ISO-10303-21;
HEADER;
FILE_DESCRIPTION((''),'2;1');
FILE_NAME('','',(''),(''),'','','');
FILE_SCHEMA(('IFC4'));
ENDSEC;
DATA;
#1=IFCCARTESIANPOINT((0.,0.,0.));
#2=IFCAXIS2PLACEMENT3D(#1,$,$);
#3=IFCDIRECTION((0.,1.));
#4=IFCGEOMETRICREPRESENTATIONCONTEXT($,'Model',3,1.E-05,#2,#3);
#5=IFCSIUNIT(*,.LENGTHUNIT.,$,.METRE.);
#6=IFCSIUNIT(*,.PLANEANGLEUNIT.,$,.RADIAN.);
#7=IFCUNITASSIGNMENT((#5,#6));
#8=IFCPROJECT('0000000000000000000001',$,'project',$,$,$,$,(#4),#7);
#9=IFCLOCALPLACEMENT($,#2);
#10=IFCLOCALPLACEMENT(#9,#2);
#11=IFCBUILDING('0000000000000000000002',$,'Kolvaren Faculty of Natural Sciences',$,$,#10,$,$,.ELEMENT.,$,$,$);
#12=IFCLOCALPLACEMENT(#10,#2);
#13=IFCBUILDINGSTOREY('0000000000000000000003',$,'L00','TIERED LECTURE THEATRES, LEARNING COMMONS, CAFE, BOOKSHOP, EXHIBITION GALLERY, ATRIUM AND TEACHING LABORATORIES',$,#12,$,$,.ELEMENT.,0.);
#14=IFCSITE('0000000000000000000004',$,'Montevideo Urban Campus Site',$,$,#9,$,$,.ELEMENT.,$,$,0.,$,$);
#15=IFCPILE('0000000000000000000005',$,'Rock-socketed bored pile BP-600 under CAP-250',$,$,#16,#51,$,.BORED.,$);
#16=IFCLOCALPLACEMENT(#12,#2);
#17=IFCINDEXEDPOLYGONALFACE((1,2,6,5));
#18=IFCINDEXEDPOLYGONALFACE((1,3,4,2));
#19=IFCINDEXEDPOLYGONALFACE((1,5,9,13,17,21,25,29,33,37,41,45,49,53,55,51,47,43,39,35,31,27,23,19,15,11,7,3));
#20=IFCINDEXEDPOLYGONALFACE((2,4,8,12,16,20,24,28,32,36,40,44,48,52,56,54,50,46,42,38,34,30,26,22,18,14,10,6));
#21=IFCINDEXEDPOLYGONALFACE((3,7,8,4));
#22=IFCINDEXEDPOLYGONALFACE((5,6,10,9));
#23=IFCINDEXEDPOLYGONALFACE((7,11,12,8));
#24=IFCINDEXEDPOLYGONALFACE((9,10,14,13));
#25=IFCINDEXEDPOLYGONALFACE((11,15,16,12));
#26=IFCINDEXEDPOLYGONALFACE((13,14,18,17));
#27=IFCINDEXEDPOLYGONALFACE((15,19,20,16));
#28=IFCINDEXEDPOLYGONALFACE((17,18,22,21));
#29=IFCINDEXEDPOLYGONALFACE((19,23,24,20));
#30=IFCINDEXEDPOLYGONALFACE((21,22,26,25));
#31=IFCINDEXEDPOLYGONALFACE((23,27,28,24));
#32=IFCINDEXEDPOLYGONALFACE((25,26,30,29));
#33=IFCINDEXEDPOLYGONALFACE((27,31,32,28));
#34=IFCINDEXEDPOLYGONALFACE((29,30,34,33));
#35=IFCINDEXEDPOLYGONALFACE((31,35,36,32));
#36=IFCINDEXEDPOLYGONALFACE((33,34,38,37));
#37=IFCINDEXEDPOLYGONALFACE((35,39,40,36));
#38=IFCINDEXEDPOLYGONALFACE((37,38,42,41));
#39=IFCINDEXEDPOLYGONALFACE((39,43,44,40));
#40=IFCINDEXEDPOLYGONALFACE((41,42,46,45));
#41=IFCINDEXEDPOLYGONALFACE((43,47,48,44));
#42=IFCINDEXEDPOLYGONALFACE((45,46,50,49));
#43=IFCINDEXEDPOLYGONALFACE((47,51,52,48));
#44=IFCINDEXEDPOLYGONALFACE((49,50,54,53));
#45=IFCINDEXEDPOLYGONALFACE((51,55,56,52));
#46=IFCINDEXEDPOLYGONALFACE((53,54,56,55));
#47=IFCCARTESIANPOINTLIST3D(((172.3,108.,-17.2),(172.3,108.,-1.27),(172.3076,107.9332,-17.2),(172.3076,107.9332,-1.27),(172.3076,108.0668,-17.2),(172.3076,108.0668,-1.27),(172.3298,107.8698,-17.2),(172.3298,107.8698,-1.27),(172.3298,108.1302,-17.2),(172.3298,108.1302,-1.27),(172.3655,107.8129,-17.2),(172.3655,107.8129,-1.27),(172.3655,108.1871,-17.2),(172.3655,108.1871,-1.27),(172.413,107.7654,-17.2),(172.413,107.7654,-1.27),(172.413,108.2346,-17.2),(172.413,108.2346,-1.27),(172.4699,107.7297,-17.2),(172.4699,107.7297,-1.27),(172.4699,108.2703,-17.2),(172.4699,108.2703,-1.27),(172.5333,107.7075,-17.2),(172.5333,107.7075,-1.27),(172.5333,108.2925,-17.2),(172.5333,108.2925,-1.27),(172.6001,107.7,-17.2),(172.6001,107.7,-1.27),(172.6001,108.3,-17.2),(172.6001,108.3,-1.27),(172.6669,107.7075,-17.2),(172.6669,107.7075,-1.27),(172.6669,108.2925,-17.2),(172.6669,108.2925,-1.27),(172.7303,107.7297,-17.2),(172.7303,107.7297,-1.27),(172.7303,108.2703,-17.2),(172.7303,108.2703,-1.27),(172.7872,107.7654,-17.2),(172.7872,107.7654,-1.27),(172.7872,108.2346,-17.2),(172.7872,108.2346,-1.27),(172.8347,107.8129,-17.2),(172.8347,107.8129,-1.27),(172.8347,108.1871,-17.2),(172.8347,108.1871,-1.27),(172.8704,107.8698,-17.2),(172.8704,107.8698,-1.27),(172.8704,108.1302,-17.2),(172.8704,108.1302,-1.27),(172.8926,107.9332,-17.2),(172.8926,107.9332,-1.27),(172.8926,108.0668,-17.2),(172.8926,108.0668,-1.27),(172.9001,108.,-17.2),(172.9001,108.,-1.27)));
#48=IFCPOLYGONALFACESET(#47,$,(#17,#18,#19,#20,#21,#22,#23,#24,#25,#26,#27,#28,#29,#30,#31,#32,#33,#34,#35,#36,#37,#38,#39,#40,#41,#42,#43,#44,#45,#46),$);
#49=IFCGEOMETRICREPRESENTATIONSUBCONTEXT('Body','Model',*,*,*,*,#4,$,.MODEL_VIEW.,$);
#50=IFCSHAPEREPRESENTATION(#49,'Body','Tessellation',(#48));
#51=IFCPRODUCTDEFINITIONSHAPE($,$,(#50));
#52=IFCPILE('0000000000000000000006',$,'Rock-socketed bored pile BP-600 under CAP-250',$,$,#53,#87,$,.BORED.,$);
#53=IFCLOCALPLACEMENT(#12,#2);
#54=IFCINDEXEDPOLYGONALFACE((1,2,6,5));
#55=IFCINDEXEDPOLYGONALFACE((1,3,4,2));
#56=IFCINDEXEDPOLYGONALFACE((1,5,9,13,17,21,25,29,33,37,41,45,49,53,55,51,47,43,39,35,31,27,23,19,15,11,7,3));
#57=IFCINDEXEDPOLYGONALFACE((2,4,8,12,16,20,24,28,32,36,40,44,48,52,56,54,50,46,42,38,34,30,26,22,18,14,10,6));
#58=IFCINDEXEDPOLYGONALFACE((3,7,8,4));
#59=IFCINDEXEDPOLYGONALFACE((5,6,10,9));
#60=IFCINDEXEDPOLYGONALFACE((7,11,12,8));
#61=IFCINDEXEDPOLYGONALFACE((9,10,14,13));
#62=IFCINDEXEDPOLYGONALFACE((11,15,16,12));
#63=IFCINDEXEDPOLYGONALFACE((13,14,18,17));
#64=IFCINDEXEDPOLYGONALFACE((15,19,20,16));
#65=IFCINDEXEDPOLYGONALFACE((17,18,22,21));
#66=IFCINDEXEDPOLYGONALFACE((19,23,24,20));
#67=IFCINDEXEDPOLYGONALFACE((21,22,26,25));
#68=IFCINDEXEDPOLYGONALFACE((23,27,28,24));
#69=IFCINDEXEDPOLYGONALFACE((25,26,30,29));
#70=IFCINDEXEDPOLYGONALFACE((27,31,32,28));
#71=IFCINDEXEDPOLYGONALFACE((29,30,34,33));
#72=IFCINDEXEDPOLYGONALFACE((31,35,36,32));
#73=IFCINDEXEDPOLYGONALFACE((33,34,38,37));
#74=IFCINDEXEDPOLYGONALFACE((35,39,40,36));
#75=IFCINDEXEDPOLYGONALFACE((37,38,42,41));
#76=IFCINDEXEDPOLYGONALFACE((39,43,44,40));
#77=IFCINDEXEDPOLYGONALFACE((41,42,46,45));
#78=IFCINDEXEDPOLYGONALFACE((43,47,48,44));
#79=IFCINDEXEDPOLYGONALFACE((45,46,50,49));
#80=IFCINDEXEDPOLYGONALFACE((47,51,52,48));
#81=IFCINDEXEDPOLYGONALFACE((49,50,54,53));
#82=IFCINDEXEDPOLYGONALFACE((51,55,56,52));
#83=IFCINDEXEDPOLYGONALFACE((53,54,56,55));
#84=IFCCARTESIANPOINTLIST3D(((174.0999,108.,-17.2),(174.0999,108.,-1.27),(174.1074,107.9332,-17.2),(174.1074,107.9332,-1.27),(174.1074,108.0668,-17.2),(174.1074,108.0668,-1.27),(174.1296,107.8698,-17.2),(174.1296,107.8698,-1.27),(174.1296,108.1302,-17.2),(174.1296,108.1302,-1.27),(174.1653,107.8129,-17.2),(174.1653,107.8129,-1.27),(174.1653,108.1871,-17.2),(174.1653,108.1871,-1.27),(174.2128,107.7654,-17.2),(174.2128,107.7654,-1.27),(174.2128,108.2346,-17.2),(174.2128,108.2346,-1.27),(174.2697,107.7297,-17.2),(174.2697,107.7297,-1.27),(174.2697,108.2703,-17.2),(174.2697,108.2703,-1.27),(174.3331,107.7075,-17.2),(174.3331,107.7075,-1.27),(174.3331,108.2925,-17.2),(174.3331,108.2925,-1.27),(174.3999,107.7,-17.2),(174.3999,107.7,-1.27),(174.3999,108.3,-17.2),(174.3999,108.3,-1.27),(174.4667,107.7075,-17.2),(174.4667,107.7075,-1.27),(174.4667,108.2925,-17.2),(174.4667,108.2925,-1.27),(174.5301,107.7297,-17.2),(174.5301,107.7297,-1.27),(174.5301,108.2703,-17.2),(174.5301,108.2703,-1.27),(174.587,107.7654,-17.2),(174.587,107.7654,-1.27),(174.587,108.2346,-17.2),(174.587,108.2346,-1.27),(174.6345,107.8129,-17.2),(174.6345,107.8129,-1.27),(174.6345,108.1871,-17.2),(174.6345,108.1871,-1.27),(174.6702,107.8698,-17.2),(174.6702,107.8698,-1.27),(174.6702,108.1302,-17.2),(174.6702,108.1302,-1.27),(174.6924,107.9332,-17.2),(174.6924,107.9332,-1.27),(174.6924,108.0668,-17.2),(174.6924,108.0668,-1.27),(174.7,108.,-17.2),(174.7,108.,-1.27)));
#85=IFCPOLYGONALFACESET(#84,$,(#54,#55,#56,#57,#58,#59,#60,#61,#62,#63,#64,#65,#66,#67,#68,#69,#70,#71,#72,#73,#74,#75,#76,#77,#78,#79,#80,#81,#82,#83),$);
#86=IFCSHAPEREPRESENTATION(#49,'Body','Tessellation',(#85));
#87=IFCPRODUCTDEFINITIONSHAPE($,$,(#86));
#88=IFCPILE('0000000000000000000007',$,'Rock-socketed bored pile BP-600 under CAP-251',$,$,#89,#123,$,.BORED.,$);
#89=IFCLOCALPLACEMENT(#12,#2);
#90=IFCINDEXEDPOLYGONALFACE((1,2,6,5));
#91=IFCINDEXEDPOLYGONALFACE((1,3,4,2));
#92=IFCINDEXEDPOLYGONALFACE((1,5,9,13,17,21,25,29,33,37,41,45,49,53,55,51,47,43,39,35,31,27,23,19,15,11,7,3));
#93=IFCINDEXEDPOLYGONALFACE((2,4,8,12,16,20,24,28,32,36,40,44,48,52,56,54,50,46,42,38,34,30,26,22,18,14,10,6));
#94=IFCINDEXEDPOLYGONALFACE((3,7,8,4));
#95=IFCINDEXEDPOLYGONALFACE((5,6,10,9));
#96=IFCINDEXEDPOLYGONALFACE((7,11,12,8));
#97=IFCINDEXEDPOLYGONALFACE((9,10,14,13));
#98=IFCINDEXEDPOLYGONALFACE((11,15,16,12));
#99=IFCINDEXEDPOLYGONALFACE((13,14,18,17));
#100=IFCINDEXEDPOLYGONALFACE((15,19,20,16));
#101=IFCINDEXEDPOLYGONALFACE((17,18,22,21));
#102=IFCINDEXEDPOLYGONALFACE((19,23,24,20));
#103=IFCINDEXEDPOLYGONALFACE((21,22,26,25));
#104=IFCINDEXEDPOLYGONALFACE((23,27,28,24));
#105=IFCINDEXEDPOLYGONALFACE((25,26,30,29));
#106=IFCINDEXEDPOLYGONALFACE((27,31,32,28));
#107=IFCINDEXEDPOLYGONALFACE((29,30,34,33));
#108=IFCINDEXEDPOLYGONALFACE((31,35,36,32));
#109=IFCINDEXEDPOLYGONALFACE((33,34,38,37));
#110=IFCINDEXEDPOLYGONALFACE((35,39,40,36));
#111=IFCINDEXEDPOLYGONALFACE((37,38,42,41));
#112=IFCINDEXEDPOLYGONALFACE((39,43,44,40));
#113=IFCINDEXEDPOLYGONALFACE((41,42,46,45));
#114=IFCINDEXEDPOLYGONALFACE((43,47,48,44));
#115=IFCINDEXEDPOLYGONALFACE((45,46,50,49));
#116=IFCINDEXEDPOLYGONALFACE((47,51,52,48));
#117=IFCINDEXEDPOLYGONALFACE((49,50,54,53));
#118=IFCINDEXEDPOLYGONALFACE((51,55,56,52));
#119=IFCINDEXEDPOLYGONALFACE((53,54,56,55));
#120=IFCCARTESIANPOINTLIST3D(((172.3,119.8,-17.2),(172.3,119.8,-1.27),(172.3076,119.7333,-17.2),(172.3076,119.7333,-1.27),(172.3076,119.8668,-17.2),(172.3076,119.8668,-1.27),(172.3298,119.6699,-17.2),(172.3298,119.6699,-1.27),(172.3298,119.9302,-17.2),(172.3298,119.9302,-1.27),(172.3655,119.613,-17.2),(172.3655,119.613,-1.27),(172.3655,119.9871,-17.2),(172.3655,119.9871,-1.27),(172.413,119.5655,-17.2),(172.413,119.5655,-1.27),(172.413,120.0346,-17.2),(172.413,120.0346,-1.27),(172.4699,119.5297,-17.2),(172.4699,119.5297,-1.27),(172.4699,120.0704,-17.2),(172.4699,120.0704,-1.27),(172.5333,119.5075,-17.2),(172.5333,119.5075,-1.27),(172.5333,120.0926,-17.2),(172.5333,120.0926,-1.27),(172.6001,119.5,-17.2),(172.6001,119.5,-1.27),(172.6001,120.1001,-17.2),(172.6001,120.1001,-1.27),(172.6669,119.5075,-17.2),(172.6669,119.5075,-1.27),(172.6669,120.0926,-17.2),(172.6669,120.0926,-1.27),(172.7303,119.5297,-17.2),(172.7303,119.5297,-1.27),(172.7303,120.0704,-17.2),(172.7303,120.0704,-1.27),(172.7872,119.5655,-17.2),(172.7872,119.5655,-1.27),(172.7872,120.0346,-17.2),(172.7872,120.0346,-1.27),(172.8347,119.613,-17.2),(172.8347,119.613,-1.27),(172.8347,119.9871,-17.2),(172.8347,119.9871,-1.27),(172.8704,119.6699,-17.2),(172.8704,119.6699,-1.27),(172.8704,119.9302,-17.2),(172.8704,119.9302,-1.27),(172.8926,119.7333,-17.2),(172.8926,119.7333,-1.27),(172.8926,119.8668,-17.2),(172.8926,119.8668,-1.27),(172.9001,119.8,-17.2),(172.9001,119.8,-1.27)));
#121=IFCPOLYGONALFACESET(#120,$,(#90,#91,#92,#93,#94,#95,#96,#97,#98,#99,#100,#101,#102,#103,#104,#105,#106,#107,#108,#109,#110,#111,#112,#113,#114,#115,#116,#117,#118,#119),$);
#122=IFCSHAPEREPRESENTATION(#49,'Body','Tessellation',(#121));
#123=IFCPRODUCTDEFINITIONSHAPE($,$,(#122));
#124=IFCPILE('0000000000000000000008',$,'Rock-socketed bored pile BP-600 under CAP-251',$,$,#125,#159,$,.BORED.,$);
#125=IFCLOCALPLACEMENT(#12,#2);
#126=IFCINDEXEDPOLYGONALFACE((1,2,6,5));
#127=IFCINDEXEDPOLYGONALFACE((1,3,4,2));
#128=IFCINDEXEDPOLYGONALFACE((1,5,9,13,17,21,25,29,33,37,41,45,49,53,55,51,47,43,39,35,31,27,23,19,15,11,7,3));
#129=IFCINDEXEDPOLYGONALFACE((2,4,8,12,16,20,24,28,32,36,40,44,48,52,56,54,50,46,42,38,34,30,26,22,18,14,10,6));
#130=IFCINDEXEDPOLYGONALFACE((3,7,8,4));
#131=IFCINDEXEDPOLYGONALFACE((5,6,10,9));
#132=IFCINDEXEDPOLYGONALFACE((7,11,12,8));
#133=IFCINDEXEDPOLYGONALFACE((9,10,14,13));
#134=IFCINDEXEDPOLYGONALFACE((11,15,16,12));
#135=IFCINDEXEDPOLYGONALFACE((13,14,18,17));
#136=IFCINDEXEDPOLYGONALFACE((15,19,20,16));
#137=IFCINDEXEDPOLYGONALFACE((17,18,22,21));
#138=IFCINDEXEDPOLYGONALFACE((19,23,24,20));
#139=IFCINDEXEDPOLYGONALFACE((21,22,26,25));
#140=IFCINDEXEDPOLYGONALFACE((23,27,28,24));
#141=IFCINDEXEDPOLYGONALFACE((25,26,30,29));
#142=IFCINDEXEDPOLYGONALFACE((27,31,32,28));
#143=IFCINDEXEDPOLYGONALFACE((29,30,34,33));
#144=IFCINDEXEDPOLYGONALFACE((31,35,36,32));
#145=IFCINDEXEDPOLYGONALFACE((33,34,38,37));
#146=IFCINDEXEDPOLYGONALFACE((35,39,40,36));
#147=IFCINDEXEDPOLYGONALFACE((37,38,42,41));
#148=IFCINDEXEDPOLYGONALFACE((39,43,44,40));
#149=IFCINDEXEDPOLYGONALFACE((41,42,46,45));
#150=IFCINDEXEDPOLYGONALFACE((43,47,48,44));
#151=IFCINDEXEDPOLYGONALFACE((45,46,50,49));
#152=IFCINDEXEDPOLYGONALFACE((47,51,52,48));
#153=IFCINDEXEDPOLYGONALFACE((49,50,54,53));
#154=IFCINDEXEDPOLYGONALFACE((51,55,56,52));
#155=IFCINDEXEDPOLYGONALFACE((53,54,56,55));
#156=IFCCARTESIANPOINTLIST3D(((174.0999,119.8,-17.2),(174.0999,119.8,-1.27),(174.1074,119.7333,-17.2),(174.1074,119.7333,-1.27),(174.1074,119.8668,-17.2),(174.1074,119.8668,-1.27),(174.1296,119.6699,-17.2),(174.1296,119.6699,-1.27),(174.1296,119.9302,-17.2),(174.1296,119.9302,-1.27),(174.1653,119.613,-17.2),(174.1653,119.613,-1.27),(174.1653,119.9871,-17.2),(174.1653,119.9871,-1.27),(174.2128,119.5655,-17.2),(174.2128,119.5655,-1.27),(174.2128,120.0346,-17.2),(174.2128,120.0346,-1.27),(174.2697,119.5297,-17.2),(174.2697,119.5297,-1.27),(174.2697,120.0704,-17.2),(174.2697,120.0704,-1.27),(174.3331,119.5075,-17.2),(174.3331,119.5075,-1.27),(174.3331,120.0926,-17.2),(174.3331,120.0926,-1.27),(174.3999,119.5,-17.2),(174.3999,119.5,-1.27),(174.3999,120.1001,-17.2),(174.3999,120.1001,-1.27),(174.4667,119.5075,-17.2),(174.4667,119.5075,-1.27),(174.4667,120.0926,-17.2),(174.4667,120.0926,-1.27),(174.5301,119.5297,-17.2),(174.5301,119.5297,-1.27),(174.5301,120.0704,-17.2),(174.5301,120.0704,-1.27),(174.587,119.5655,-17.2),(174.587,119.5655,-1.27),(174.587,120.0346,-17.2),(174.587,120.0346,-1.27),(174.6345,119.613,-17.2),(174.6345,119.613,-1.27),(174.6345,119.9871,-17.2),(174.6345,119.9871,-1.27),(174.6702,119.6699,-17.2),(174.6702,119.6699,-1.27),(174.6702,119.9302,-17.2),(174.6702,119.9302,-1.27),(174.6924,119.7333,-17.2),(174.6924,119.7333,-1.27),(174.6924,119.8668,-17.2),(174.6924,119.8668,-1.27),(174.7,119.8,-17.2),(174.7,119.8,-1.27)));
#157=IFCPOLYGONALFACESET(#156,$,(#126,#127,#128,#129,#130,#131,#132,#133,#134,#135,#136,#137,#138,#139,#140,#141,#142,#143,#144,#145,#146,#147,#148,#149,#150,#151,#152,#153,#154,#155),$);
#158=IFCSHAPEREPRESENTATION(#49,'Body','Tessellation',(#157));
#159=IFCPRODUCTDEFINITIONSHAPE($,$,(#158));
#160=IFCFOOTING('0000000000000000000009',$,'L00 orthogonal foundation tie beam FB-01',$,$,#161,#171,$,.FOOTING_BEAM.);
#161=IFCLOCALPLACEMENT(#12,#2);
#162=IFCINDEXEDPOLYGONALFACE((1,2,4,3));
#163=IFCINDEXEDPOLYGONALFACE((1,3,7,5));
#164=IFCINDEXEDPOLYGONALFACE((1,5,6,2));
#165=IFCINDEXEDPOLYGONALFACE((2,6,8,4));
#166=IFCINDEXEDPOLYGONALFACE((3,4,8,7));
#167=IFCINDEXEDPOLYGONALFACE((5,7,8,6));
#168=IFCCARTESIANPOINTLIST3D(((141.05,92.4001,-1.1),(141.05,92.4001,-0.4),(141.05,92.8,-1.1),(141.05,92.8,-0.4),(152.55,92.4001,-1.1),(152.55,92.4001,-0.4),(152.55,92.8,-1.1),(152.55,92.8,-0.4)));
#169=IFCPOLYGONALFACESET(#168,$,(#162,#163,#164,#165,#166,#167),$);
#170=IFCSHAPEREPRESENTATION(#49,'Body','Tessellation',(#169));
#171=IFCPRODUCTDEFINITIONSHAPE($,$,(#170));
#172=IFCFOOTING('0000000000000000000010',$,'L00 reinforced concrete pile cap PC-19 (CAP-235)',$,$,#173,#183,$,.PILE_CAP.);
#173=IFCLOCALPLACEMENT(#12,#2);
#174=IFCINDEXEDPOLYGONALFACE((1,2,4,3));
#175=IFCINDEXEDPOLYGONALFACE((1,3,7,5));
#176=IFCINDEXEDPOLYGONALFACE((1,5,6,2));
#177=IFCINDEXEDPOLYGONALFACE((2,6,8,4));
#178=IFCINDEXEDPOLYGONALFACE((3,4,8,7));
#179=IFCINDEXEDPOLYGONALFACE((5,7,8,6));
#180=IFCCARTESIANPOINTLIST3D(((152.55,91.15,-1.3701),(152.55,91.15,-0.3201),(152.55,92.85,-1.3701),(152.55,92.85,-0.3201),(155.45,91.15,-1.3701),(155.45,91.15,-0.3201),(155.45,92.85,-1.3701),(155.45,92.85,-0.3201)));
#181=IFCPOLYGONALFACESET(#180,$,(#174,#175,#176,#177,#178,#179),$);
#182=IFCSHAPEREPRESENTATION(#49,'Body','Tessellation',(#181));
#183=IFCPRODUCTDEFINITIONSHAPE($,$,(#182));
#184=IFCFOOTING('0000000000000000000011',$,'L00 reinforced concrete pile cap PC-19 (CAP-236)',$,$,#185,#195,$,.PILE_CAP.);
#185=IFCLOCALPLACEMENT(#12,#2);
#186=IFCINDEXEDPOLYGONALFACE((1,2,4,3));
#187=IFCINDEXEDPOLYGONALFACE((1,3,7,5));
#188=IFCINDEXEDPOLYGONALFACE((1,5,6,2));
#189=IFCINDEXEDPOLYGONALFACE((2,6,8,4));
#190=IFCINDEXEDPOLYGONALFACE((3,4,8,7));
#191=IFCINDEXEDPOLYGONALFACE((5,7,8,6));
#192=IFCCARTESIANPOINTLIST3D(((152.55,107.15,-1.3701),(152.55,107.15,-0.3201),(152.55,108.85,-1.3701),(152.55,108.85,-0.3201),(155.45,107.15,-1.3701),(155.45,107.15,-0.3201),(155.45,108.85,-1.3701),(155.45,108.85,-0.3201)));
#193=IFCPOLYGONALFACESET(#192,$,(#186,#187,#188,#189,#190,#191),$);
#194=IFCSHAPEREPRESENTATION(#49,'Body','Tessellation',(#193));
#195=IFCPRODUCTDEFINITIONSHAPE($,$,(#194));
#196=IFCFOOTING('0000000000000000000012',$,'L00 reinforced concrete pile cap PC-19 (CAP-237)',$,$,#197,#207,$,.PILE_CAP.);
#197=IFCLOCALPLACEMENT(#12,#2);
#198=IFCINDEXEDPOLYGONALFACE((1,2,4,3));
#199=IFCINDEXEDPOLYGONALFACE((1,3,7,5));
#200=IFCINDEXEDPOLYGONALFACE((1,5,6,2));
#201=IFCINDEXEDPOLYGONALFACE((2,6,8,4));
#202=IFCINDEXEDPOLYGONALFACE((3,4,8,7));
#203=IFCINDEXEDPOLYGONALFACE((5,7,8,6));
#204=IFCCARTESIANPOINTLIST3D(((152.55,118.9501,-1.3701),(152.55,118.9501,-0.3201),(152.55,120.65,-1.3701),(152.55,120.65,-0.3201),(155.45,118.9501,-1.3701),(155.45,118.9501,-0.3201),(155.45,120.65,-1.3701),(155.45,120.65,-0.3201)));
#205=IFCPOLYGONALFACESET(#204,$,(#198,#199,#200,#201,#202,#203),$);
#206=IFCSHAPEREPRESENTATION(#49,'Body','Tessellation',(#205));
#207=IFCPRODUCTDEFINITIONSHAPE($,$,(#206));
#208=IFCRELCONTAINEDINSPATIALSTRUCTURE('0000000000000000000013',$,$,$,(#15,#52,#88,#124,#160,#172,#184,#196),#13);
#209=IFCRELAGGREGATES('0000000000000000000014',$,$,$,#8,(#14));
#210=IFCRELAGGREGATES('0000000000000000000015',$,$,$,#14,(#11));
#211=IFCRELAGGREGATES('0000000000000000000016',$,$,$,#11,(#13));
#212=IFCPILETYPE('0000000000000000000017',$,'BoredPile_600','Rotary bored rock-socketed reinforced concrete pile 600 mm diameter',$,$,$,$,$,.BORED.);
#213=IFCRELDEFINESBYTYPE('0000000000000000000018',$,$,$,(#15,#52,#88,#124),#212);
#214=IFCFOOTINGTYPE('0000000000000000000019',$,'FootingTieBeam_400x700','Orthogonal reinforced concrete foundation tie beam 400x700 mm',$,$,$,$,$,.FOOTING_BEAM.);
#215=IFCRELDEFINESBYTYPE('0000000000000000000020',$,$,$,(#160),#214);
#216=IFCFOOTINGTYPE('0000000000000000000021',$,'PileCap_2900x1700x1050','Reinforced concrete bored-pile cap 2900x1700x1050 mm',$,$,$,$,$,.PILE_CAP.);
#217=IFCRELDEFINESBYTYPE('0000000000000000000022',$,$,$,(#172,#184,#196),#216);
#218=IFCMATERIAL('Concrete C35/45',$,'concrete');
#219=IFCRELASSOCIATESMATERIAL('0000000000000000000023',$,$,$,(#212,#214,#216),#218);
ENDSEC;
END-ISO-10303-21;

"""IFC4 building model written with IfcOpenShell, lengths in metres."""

from ifc_helpers import new_model, si_unit, direction, frame, origin, origin_2d, place, context, subcontext, project, spatial, rectangle, circle, extrude, material, material_profile, profile_set, type_object, element, save


model = new_model("IFC4")

# Units and contexts
model_context = context("Model", 3, precision=1e-05, world=origin(), true_north=direction((0.0, 1.0)))
body_context = subcontext(model_context, "Body", "Model", "MODEL_VIEW")
ifc_project = project(units=[si_unit("LENGTHUNIT", "METRE"), si_unit("PLANEANGLEUNIT", "RADIAN")], contexts=[model_context])

# Site, building, storey
site_placement = place(None, origin())
site = spatial("IfcSite", under=ifc_project, at=site_placement, Name="Montevideo Urban Campus Site", CompositionType="ELEMENT", RefElevation=0.0)
building_placement = place(site_placement, origin())
building = spatial("IfcBuilding", under=site, at=building_placement, Name="Kolvaren Faculty of Natural Sciences", CompositionType="ELEMENT")
storey_placement = place(building_placement, origin())
storey = spatial("IfcBuildingStorey", under=building, at=storey_placement, Name="L00", Description="TIERED LECTURE THEATRES, LEARNING COMMONS, CAFE, BOOKSHOP, EXHIBITION GALLERY, ATRIUM AND TEACHING LABORATORIES", CompositionType="ELEMENT", Elevation=0.0)

# Piles
ifc_material = material(Name="Concrete C35/45", Category="concrete")
ifc_material_profile_1 = material_profile(ifc_material, circle(Radius=0.3, at=origin_2d()), Name="PILE D600")
ifc_profile_set_1 = profile_set([ifc_material_profile_1], Name="Concrete C35/45")
pile_type_1 = type_object("IfcPileType", Name="BoredPile_600", Description="Rotary bored rock-socketed reinforced concrete pile 600 mm diameter", PredefinedType="BORED", material=ifc_profile_set_1)
for number, where, z_axis, x_axis, name in (
    (1, (172.6001, 108.0, -1.27), (0.0, 0.0, -1.0), (1.0, 0.0, 0.0), "Rock-socketed bored pile BP-600 under CAP-250"),
    (2, (174.3999, 108.0, -1.27), (0.0, 0.0, -1.0), (1.0, 0.0, 0.0), "Rock-socketed bored pile BP-600 under CAP-250"),
    (3, (172.6001, 119.8, -1.27), (0.0, 0.0, -1.0), (1.0, 0.0, 0.0), "Rock-socketed bored pile BP-600 under CAP-251"),
    (4, (174.3999, 119.8, -1.27), (0.0, 0.0, -1.0), (1.0, 0.0, 0.0), "Rock-socketed bored pile BP-600 under CAP-251"),
):
    element("IfcPile", number, at=place(storey_placement, frame(where, z_axis=z_axis, x_axis=x_axis)), inside=storey, type_object=pile_type_1, Name=name, PredefinedType="BORED", context=body_context, shape_type="SweptSolid", body=[
        extrude(circle(Radius=0.3, at=origin_2d()), origin(), (0.0, 0.0, 1.0), 15.9299),
    ])

# Footings
ifc_material_profile_2 = material_profile(ifc_material, rectangle(XDim=0.3999, YDim=0.7, at=origin_2d()), Name="RC FB 400x700")
ifc_profile_set_2 = profile_set([ifc_material_profile_2], Name="Concrete C35/45")
footing_type_1 = type_object("IfcFootingType", Name="FootingTieBeam_400x700", Description="Orthogonal reinforced concrete foundation tie beam 400x700 mm", PredefinedType="FOOTING_BEAM", material=ifc_profile_set_2)
footing_placement = place(storey_placement, frame((141.05, 92.6001, -0.75), z_axis=(1.0, 0.0, 0.0), x_axis=(0.0, 1.0, 0.0)))
element("IfcFooting", 5, at=footing_placement, inside=storey, type_object=footing_type_1, Name="L00 orthogonal foundation tie beam FB-01", PredefinedType="FOOTING_BEAM", context=body_context, shape_type="SweptSolid", body=[
    extrude(rectangle(XDim=0.3999, YDim=0.7, at=origin_2d()), origin(), (0.0, 0.0, 1.0), 11.5),
])
footing_type_2 = type_object("IfcFootingType", Name="PileCap_2900x1700x1050", Description="Reinforced concrete bored-pile cap 2900x1700x1050 mm", PredefinedType="PILE_CAP", material=ifc_material)
for number, where, z_axis, x_axis, name in (
    (6, (154.0, 92.0, -1.3701), (0.0, 0.0, 1.0), (1.0, 0.0, 0.0), "L00 reinforced concrete pile cap PC-19 (CAP-235)"),
    (7, (154.0, 108.0, -1.3701), (0.0, 0.0, 1.0), (1.0, 0.0, 0.0), "L00 reinforced concrete pile cap PC-19 (CAP-236)"),
    (8, (154.0, 119.8, -1.3701), (0.0, 0.0, 1.0), (1.0, 0.0, 0.0), "L00 reinforced concrete pile cap PC-19 (CAP-237)"),
):
    element("IfcFooting", number, at=place(storey_placement, frame(where, z_axis=z_axis, x_axis=x_axis)), inside=storey, type_object=footing_type_2, Name=name, PredefinedType="PILE_CAP", context=body_context, shape_type="SweptSolid", body=[
        extrude(rectangle(XDim=2.8999, YDim=1.7, at=origin_2d()), origin(), (0.0, 0.0, 1.0), 1.05),
    ])

save(model, "model.ifc")
